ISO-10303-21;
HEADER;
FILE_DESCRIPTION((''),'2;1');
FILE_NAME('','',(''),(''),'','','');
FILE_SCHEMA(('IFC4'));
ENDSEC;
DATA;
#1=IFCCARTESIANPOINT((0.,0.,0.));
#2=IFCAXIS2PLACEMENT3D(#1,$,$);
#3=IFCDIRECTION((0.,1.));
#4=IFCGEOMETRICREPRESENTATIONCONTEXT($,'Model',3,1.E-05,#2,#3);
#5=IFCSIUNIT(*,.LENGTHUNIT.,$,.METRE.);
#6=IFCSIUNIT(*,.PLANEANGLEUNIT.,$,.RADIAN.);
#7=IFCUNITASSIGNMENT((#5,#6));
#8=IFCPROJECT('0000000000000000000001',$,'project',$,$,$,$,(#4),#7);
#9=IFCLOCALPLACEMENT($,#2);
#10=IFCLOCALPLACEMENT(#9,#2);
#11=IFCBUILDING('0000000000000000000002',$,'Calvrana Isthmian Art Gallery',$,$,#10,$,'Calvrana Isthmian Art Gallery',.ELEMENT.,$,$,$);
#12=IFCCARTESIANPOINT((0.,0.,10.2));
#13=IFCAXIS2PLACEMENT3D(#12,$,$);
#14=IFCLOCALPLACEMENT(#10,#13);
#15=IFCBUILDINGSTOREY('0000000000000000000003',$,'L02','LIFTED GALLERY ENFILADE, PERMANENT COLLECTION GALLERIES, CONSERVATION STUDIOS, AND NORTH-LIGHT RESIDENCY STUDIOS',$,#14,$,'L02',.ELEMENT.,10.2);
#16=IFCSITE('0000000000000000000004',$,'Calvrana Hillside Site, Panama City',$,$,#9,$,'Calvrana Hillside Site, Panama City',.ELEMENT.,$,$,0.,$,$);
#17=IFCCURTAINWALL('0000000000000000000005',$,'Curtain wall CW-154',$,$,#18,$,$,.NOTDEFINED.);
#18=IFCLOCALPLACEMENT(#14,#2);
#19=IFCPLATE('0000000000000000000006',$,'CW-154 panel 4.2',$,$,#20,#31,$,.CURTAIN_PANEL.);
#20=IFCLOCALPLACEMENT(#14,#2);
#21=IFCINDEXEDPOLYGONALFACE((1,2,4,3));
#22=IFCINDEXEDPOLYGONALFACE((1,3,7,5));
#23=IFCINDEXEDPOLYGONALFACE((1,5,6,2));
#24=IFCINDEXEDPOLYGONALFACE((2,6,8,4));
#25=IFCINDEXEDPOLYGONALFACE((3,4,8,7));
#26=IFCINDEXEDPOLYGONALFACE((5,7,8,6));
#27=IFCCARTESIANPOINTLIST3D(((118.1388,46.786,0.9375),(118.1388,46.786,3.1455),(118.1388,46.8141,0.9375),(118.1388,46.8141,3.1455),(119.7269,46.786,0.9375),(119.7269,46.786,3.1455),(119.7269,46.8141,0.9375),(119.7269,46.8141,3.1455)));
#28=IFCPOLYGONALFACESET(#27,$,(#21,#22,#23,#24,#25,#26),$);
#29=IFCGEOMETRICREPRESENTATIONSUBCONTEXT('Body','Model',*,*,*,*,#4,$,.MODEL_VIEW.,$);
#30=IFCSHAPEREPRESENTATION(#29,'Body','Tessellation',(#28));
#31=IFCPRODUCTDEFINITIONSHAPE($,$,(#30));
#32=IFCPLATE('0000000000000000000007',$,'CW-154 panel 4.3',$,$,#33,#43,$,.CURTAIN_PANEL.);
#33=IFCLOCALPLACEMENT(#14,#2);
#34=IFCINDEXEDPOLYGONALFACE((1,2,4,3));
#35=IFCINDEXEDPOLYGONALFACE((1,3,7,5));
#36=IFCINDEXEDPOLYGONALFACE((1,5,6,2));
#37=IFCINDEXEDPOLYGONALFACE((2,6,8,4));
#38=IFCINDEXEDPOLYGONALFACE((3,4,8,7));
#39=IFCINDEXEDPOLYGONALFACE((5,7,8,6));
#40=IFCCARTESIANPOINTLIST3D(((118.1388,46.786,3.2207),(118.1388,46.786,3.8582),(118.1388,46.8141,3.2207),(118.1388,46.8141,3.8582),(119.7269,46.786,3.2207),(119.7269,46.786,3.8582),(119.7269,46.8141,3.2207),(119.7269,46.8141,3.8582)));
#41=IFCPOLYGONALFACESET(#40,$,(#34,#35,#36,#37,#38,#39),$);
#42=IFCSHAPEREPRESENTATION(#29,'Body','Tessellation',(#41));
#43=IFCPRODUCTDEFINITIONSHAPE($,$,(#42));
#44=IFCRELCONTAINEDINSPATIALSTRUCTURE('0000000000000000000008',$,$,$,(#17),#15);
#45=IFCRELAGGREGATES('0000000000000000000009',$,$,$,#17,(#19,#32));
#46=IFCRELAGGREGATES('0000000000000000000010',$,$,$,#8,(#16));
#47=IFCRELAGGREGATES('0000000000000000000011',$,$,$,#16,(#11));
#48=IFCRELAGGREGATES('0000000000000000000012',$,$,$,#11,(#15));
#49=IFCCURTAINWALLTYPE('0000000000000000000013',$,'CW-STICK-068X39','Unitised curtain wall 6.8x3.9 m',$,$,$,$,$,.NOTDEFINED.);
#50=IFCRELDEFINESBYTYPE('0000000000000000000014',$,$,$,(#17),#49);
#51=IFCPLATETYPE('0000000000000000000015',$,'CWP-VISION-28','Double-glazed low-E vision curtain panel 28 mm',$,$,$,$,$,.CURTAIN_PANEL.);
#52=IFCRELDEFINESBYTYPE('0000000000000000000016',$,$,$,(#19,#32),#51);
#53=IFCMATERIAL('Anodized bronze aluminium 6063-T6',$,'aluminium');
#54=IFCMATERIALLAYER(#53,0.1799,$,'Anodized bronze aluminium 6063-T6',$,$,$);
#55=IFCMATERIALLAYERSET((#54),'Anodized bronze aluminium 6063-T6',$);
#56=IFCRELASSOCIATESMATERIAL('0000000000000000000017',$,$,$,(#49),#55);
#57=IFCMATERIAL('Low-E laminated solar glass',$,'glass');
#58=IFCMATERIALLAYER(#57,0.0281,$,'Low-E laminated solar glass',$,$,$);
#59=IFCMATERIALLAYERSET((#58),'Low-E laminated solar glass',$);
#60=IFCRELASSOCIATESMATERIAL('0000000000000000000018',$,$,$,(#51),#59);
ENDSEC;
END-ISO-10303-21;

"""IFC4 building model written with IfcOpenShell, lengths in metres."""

from ifc_helpers import new_model, si_unit, direction, frame, origin, origin_2d, place, context, subcontext, project, spatial, rectangle, extrude, material, layer, layer_set, type_object, element, aggregate, save


model = new_model("IFC4")

# Units and contexts
model_context = context("Model", 3, precision=1e-05, world=origin(), true_north=direction((0.0, 1.0)))
body_context = subcontext(model_context, "Body", "Model", "MODEL_VIEW")
ifc_project = project(units=[si_unit("LENGTHUNIT", "METRE"), si_unit("PLANEANGLEUNIT", "RADIAN")], contexts=[model_context])

# Site, building, storey
site_placement = place(None, origin())
site = spatial("IfcSite", under=ifc_project, at=site_placement, Name="Calvrana Hillside Site, Panama City", LongName="Calvrana Hillside Site, Panama City", CompositionType="ELEMENT", RefElevation=0.0)
building_placement = place(site_placement, origin())
building = spatial("IfcBuilding", under=site, at=building_placement, Name="Calvrana Isthmian Art Gallery", LongName="Calvrana Isthmian Art Gallery", CompositionType="ELEMENT")
storey_placement = place(building_placement, frame((0.0, 0.0, 10.2)))
storey = spatial("IfcBuildingStorey", under=building, at=storey_placement, Name="L02", Description="LIFTED GALLERY ENFILADE, PERMANENT COLLECTION GALLERIES, CONSERVATION STUDIOS, AND NORTH-LIGHT RESIDENCY STUDIOS", LongName="L02", CompositionType="ELEMENT", Elevation=10.2)

# Curtain wall, plates
ifc_material_1 = material(Name="Anodized bronze aluminium 6063-T6", Category="aluminium")
ifc_layer_1 = layer(ifc_material_1, 0.1799, Name="Anodized bronze aluminium 6063-T6")
ifc_layer_set_1 = layer_set([ifc_layer_1], Name="Anodized bronze aluminium 6063-T6")
curtain_wall_type = type_object("IfcCurtainWallType", Name="CW-STICK-068X39", Description="Unitised curtain wall 6.8x3.9 m", PredefinedType="NOTDEFINED", material=ifc_layer_set_1)
curtain_wall_placement = place(storey_placement, origin())
curtain_wall = element("IfcCurtainWall", 1, at=curtain_wall_placement, inside=storey, type_object=curtain_wall_type, Name="Curtain wall CW-154", PredefinedType="NOTDEFINED")
ifc_material_2 = material(Name="Low-E laminated solar glass", Category="glass")
ifc_layer_2 = layer(ifc_material_2, 0.0281, Name="Low-E laminated solar glass")
ifc_layer_set_2 = layer_set([ifc_layer_2], Name="Low-E laminated solar glass")
plate_type = type_object("IfcPlateType", Name="CWP-VISION-28", Description="Double-glazed low-E vision curtain panel 28 mm", PredefinedType="CURTAIN_PANEL", material=ifc_layer_set_2)
plate_1_placement = place(storey_placement, frame((118.9329, 46.8, 0.9375), z_axis=(0.0, 0.0, 1.0), x_axis=(1.0, 0.0, 0.0)))
plate_1 = element("IfcPlate", 2, at=plate_1_placement, type_object=plate_type, Name="CW-154 panel 4.2", PredefinedType="CURTAIN_PANEL", context=body_context, shape_type="SweptSolid", body=[
    extrude(rectangle(XDim=1.5881, YDim=0.0281, at=origin_2d()), origin(), (0.0, 0.0, 1.0), 2.208),
])
plate_2_placement = place(storey_placement, frame((118.9329, 46.8, 3.2207), z_axis=(0.0, 0.0, 1.0), x_axis=(1.0, 0.0, 0.0)))
plate_2 = element("IfcPlate", 3, at=plate_2_placement, type_object=plate_type, Name="CW-154 panel 4.3", PredefinedType="CURTAIN_PANEL", context=body_context, shape_type="SweptSolid", body=[
    extrude(rectangle(XDim=1.5881, YDim=0.0281, at=origin_2d()), origin(), (0.0, 0.0, 1.0), 0.6375),
])
aggregate(curtain_wall, [plate_1, plate_2])

save(model, "model.ifc")
